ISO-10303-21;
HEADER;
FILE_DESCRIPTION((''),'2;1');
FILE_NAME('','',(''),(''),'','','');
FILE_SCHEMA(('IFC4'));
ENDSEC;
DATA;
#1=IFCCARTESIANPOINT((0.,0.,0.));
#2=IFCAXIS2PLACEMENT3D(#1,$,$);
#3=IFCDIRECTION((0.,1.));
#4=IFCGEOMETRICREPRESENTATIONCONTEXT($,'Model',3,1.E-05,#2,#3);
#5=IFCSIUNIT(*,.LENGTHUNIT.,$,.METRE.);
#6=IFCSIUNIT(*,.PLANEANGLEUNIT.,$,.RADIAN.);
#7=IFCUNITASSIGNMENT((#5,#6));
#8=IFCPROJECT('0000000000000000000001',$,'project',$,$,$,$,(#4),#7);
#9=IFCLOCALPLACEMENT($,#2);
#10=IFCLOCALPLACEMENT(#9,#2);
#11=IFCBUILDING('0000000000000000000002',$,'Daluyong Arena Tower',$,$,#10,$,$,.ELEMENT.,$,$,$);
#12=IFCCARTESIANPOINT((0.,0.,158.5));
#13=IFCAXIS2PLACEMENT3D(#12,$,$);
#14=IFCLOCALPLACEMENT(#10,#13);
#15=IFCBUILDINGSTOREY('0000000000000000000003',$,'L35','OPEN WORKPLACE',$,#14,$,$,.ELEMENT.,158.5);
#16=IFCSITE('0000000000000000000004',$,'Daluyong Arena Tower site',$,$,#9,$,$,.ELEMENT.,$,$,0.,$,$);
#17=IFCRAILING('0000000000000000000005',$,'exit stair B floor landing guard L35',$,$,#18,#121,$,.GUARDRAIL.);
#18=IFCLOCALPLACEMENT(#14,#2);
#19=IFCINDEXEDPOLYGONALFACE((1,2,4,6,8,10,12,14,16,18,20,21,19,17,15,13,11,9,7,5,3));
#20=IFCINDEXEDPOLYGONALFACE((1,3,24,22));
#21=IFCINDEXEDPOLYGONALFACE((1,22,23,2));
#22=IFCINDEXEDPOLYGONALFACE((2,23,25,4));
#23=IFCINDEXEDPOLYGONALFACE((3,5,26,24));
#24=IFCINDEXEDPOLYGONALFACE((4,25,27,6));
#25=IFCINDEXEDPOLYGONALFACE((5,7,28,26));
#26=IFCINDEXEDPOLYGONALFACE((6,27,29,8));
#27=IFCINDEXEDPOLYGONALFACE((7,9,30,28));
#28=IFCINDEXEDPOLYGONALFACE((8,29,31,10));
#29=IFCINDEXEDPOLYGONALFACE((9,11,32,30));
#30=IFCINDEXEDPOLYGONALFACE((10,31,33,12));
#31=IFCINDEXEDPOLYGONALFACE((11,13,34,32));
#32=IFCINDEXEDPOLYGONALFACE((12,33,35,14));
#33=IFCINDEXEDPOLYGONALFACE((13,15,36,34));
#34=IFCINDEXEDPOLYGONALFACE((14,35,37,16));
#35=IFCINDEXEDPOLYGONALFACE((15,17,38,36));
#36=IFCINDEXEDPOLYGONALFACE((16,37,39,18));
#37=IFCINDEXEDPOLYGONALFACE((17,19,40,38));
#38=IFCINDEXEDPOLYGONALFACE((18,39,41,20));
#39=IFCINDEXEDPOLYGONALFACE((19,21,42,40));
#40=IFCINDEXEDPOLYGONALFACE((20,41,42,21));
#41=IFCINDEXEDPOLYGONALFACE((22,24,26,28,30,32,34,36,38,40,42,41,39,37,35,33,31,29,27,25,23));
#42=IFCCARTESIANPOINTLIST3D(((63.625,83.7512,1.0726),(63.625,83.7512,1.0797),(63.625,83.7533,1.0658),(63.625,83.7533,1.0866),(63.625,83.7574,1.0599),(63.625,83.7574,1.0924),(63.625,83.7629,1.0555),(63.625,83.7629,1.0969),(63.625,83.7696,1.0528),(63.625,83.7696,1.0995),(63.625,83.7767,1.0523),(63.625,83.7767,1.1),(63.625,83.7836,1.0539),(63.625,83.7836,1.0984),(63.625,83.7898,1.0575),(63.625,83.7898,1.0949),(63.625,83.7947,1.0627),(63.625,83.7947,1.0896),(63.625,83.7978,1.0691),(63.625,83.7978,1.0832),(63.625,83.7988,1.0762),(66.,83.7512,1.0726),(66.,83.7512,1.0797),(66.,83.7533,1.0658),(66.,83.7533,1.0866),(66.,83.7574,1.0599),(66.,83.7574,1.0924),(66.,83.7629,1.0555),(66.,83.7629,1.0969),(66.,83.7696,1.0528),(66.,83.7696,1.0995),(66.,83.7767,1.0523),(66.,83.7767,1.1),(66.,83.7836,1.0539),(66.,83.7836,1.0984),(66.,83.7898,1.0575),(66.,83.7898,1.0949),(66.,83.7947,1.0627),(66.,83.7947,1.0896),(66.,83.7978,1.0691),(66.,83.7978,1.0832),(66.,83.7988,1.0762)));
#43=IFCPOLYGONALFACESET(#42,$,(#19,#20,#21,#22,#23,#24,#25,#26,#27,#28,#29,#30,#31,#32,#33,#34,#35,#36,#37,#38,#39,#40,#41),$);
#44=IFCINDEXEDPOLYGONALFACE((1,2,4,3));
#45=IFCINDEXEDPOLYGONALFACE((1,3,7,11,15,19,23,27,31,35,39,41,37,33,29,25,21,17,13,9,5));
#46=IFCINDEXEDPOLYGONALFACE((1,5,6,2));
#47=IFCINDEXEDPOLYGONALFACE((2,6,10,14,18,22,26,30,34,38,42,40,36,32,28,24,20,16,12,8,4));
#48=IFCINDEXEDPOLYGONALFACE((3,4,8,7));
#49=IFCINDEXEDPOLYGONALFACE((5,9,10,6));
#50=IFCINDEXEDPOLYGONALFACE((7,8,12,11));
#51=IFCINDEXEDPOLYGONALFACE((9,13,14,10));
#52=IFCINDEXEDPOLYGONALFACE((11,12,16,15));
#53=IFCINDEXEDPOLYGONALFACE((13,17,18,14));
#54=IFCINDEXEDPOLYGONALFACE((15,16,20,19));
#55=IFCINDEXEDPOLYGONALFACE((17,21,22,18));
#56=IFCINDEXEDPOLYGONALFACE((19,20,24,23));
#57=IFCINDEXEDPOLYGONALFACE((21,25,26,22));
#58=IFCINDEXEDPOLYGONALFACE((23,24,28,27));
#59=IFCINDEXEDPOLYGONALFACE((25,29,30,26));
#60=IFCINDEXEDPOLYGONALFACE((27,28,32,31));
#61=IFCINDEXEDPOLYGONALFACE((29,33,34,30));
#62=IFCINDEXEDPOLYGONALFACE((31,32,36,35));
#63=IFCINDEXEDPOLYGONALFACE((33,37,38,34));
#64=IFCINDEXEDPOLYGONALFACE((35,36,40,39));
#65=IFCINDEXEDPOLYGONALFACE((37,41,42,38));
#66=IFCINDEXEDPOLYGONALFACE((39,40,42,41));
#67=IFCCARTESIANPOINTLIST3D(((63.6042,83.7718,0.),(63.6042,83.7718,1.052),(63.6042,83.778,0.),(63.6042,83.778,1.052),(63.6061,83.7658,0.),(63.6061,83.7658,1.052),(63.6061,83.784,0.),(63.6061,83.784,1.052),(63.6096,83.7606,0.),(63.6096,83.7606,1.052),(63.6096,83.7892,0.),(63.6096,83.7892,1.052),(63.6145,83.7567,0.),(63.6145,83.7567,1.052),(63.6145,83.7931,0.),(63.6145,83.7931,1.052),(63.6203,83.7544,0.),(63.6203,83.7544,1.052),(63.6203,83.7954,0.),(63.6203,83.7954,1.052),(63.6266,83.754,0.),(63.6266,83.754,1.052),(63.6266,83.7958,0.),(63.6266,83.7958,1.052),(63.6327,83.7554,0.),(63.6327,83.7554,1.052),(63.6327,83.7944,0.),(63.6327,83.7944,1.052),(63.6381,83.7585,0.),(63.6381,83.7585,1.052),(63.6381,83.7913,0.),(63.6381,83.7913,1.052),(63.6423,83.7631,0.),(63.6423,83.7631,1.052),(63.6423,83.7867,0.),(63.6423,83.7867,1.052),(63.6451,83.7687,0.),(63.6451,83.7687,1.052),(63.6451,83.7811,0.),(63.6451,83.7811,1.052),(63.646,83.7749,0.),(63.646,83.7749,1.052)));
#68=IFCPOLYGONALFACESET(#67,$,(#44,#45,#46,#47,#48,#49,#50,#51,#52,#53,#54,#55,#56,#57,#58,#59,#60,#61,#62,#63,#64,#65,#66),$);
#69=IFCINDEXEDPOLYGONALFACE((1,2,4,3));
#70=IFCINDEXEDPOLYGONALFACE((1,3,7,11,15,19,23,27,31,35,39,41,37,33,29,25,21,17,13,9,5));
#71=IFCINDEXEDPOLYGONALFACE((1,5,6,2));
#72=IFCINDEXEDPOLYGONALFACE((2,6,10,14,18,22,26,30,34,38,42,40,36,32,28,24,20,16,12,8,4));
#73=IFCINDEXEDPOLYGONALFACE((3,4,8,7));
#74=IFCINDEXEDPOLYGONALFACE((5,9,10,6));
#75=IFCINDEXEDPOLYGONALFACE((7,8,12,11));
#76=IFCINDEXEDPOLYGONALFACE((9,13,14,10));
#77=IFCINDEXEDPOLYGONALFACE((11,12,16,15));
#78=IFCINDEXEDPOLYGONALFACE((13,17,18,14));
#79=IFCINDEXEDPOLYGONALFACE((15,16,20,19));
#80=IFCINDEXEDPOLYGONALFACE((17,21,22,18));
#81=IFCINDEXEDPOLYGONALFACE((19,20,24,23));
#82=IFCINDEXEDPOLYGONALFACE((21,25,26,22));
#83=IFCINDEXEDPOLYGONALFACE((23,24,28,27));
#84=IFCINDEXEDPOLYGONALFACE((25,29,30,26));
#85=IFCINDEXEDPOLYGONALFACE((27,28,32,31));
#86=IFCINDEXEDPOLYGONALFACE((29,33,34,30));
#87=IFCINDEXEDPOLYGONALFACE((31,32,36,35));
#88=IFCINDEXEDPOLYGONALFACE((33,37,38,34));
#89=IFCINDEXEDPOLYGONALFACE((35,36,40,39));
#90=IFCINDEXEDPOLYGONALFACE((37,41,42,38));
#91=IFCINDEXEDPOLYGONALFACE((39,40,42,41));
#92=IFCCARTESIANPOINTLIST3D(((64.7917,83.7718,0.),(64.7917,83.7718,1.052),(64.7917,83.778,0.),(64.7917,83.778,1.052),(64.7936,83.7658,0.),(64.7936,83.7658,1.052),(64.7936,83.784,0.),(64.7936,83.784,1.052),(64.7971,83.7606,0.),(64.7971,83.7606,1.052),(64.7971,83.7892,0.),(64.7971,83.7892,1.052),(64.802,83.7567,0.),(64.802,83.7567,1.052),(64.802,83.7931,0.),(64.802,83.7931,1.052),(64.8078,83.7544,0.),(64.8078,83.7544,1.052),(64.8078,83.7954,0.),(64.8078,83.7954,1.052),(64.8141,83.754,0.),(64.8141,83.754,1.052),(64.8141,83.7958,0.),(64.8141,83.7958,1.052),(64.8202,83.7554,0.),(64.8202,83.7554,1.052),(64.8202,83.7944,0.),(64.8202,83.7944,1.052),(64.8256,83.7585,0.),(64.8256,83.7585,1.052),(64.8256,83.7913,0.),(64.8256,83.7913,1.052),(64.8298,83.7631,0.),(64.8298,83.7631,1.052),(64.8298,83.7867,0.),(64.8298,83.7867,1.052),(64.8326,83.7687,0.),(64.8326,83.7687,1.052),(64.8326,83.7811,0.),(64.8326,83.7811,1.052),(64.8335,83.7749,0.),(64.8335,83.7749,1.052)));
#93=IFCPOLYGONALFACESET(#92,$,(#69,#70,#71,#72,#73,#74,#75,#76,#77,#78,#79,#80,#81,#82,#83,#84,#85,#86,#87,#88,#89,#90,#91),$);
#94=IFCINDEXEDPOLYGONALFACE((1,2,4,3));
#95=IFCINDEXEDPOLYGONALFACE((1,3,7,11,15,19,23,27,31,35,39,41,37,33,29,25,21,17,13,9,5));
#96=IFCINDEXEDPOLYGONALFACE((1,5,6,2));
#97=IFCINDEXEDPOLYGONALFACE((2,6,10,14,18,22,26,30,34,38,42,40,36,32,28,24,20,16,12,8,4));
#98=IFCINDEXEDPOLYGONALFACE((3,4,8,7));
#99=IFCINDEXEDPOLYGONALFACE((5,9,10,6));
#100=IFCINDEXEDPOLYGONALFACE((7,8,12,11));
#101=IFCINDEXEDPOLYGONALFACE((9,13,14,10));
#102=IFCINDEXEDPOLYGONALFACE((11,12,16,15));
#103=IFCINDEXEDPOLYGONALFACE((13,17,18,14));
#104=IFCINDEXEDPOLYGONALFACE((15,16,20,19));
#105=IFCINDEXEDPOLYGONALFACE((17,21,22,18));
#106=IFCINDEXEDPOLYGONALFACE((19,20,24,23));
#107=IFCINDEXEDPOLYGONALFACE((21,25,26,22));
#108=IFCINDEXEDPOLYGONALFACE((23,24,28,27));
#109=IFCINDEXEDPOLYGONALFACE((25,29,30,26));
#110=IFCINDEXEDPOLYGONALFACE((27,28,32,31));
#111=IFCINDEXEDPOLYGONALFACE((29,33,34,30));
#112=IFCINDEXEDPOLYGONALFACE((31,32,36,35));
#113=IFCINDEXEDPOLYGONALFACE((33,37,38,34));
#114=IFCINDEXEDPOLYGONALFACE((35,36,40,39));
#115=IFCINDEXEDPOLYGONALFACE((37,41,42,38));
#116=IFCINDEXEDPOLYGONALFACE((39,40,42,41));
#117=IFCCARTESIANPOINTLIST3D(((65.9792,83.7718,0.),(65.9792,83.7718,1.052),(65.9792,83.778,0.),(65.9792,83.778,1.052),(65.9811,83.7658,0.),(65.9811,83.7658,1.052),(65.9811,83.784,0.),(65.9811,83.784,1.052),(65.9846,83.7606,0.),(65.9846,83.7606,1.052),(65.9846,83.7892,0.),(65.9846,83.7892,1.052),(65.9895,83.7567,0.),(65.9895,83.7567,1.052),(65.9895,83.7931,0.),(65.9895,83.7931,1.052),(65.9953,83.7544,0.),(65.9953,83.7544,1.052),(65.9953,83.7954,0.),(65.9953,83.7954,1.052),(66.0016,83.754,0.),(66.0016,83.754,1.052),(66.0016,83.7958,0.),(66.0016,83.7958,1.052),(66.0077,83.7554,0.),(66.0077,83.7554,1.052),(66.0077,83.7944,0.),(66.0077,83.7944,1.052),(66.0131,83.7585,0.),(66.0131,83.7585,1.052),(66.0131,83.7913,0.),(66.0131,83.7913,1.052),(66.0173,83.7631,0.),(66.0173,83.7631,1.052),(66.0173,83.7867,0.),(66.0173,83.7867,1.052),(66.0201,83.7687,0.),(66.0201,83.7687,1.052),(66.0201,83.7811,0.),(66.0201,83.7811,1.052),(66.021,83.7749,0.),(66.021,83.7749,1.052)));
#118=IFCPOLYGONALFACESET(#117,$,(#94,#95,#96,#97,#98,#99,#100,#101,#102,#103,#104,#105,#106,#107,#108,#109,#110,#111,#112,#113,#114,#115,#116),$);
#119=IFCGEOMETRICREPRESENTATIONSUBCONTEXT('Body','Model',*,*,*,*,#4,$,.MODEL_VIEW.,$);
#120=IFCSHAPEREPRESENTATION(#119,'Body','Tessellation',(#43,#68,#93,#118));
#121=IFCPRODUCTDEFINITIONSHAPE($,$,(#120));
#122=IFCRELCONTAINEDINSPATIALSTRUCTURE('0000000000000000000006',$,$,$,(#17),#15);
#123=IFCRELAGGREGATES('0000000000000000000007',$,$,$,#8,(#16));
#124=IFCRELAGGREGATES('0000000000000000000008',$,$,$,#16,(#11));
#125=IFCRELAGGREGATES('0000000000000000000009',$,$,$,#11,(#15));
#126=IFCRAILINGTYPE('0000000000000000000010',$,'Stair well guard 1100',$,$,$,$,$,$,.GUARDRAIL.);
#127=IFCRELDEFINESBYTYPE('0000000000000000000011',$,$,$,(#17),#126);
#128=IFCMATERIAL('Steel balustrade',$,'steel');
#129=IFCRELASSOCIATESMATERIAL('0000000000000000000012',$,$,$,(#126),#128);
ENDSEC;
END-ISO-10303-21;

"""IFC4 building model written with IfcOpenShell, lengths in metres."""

from ifc_helpers import new_model, si_unit, direction, frame, origin, origin_2d, place, context, subcontext, project, spatial, circle, extrude, material, type_object, element, save


model = new_model("IFC4")

# Units and contexts
model_context = context("Model", 3, precision=1e-05, world=origin(), true_north=direction((0.0, 1.0)))
body_context = subcontext(model_context, "Body", "Model", "MODEL_VIEW")
ifc_project = project(units=[si_unit("LENGTHUNIT", "METRE"), si_unit("PLANEANGLEUNIT", "RADIAN")], contexts=[model_context])

# Site, building, storey
site_placement = place(None, origin())
site = spatial("IfcSite", under=ifc_project, at=site_placement, Name="Daluyong Arena Tower site", CompositionType="ELEMENT", RefElevation=0.0)
building_placement = place(site_placement, origin())
building = spatial("IfcBuilding", under=site, at=building_placement, Name="Daluyong Arena Tower", CompositionType="ELEMENT")
storey_placement = place(building_placement, frame((0.0, 0.0, 158.5)))
storey = spatial("IfcBuildingStorey", under=building, at=storey_placement, Name="L35", Description="OPEN WORKPLACE", CompositionType="ELEMENT", Elevation=158.5)

# Railing
ifc_material_1 = material(Name="Steel balustrade", Category="steel")
railing_type_1 = type_object("IfcRailingType", Name="Stair well guard 1100", PredefinedType="GUARDRAIL", material=ifc_material_1)
railing_1_placement = place(storey_placement, frame((63.625, 83.7749, 0.0)))
element("IfcRailing", 1, at=railing_1_placement, inside=storey, type_object=railing_type_1, Name="exit stair B floor landing guard L35", PredefinedType="GUARDRAIL", context=body_context, shape_type="SweptSolid", body=[
    extrude(circle(Radius=0.0239, at=origin_2d()), frame((0.0, 0.0, 1.0762), z_axis=(1.0, 0.0, 0.0), x_axis=(0.0, 1.0, 0.0)), (0.0, 0.0, 1.0), 2.375),
    extrude(circle(Radius=0.021, at=origin_2d()), origin(), (0.0, 0.0, 1.0), 1.052),
    extrude(circle(Radius=0.021, at=origin_2d()), frame((1.1875, 0.0, 0.0)), (0.0, 0.0, 1.0), 1.052),
    extrude(circle(Radius=0.021, at=origin_2d()), frame((2.375, 0.0, 0.0)), (0.0, 0.0, 1.0), 1.052),
])

save(model, "model.ifc")
